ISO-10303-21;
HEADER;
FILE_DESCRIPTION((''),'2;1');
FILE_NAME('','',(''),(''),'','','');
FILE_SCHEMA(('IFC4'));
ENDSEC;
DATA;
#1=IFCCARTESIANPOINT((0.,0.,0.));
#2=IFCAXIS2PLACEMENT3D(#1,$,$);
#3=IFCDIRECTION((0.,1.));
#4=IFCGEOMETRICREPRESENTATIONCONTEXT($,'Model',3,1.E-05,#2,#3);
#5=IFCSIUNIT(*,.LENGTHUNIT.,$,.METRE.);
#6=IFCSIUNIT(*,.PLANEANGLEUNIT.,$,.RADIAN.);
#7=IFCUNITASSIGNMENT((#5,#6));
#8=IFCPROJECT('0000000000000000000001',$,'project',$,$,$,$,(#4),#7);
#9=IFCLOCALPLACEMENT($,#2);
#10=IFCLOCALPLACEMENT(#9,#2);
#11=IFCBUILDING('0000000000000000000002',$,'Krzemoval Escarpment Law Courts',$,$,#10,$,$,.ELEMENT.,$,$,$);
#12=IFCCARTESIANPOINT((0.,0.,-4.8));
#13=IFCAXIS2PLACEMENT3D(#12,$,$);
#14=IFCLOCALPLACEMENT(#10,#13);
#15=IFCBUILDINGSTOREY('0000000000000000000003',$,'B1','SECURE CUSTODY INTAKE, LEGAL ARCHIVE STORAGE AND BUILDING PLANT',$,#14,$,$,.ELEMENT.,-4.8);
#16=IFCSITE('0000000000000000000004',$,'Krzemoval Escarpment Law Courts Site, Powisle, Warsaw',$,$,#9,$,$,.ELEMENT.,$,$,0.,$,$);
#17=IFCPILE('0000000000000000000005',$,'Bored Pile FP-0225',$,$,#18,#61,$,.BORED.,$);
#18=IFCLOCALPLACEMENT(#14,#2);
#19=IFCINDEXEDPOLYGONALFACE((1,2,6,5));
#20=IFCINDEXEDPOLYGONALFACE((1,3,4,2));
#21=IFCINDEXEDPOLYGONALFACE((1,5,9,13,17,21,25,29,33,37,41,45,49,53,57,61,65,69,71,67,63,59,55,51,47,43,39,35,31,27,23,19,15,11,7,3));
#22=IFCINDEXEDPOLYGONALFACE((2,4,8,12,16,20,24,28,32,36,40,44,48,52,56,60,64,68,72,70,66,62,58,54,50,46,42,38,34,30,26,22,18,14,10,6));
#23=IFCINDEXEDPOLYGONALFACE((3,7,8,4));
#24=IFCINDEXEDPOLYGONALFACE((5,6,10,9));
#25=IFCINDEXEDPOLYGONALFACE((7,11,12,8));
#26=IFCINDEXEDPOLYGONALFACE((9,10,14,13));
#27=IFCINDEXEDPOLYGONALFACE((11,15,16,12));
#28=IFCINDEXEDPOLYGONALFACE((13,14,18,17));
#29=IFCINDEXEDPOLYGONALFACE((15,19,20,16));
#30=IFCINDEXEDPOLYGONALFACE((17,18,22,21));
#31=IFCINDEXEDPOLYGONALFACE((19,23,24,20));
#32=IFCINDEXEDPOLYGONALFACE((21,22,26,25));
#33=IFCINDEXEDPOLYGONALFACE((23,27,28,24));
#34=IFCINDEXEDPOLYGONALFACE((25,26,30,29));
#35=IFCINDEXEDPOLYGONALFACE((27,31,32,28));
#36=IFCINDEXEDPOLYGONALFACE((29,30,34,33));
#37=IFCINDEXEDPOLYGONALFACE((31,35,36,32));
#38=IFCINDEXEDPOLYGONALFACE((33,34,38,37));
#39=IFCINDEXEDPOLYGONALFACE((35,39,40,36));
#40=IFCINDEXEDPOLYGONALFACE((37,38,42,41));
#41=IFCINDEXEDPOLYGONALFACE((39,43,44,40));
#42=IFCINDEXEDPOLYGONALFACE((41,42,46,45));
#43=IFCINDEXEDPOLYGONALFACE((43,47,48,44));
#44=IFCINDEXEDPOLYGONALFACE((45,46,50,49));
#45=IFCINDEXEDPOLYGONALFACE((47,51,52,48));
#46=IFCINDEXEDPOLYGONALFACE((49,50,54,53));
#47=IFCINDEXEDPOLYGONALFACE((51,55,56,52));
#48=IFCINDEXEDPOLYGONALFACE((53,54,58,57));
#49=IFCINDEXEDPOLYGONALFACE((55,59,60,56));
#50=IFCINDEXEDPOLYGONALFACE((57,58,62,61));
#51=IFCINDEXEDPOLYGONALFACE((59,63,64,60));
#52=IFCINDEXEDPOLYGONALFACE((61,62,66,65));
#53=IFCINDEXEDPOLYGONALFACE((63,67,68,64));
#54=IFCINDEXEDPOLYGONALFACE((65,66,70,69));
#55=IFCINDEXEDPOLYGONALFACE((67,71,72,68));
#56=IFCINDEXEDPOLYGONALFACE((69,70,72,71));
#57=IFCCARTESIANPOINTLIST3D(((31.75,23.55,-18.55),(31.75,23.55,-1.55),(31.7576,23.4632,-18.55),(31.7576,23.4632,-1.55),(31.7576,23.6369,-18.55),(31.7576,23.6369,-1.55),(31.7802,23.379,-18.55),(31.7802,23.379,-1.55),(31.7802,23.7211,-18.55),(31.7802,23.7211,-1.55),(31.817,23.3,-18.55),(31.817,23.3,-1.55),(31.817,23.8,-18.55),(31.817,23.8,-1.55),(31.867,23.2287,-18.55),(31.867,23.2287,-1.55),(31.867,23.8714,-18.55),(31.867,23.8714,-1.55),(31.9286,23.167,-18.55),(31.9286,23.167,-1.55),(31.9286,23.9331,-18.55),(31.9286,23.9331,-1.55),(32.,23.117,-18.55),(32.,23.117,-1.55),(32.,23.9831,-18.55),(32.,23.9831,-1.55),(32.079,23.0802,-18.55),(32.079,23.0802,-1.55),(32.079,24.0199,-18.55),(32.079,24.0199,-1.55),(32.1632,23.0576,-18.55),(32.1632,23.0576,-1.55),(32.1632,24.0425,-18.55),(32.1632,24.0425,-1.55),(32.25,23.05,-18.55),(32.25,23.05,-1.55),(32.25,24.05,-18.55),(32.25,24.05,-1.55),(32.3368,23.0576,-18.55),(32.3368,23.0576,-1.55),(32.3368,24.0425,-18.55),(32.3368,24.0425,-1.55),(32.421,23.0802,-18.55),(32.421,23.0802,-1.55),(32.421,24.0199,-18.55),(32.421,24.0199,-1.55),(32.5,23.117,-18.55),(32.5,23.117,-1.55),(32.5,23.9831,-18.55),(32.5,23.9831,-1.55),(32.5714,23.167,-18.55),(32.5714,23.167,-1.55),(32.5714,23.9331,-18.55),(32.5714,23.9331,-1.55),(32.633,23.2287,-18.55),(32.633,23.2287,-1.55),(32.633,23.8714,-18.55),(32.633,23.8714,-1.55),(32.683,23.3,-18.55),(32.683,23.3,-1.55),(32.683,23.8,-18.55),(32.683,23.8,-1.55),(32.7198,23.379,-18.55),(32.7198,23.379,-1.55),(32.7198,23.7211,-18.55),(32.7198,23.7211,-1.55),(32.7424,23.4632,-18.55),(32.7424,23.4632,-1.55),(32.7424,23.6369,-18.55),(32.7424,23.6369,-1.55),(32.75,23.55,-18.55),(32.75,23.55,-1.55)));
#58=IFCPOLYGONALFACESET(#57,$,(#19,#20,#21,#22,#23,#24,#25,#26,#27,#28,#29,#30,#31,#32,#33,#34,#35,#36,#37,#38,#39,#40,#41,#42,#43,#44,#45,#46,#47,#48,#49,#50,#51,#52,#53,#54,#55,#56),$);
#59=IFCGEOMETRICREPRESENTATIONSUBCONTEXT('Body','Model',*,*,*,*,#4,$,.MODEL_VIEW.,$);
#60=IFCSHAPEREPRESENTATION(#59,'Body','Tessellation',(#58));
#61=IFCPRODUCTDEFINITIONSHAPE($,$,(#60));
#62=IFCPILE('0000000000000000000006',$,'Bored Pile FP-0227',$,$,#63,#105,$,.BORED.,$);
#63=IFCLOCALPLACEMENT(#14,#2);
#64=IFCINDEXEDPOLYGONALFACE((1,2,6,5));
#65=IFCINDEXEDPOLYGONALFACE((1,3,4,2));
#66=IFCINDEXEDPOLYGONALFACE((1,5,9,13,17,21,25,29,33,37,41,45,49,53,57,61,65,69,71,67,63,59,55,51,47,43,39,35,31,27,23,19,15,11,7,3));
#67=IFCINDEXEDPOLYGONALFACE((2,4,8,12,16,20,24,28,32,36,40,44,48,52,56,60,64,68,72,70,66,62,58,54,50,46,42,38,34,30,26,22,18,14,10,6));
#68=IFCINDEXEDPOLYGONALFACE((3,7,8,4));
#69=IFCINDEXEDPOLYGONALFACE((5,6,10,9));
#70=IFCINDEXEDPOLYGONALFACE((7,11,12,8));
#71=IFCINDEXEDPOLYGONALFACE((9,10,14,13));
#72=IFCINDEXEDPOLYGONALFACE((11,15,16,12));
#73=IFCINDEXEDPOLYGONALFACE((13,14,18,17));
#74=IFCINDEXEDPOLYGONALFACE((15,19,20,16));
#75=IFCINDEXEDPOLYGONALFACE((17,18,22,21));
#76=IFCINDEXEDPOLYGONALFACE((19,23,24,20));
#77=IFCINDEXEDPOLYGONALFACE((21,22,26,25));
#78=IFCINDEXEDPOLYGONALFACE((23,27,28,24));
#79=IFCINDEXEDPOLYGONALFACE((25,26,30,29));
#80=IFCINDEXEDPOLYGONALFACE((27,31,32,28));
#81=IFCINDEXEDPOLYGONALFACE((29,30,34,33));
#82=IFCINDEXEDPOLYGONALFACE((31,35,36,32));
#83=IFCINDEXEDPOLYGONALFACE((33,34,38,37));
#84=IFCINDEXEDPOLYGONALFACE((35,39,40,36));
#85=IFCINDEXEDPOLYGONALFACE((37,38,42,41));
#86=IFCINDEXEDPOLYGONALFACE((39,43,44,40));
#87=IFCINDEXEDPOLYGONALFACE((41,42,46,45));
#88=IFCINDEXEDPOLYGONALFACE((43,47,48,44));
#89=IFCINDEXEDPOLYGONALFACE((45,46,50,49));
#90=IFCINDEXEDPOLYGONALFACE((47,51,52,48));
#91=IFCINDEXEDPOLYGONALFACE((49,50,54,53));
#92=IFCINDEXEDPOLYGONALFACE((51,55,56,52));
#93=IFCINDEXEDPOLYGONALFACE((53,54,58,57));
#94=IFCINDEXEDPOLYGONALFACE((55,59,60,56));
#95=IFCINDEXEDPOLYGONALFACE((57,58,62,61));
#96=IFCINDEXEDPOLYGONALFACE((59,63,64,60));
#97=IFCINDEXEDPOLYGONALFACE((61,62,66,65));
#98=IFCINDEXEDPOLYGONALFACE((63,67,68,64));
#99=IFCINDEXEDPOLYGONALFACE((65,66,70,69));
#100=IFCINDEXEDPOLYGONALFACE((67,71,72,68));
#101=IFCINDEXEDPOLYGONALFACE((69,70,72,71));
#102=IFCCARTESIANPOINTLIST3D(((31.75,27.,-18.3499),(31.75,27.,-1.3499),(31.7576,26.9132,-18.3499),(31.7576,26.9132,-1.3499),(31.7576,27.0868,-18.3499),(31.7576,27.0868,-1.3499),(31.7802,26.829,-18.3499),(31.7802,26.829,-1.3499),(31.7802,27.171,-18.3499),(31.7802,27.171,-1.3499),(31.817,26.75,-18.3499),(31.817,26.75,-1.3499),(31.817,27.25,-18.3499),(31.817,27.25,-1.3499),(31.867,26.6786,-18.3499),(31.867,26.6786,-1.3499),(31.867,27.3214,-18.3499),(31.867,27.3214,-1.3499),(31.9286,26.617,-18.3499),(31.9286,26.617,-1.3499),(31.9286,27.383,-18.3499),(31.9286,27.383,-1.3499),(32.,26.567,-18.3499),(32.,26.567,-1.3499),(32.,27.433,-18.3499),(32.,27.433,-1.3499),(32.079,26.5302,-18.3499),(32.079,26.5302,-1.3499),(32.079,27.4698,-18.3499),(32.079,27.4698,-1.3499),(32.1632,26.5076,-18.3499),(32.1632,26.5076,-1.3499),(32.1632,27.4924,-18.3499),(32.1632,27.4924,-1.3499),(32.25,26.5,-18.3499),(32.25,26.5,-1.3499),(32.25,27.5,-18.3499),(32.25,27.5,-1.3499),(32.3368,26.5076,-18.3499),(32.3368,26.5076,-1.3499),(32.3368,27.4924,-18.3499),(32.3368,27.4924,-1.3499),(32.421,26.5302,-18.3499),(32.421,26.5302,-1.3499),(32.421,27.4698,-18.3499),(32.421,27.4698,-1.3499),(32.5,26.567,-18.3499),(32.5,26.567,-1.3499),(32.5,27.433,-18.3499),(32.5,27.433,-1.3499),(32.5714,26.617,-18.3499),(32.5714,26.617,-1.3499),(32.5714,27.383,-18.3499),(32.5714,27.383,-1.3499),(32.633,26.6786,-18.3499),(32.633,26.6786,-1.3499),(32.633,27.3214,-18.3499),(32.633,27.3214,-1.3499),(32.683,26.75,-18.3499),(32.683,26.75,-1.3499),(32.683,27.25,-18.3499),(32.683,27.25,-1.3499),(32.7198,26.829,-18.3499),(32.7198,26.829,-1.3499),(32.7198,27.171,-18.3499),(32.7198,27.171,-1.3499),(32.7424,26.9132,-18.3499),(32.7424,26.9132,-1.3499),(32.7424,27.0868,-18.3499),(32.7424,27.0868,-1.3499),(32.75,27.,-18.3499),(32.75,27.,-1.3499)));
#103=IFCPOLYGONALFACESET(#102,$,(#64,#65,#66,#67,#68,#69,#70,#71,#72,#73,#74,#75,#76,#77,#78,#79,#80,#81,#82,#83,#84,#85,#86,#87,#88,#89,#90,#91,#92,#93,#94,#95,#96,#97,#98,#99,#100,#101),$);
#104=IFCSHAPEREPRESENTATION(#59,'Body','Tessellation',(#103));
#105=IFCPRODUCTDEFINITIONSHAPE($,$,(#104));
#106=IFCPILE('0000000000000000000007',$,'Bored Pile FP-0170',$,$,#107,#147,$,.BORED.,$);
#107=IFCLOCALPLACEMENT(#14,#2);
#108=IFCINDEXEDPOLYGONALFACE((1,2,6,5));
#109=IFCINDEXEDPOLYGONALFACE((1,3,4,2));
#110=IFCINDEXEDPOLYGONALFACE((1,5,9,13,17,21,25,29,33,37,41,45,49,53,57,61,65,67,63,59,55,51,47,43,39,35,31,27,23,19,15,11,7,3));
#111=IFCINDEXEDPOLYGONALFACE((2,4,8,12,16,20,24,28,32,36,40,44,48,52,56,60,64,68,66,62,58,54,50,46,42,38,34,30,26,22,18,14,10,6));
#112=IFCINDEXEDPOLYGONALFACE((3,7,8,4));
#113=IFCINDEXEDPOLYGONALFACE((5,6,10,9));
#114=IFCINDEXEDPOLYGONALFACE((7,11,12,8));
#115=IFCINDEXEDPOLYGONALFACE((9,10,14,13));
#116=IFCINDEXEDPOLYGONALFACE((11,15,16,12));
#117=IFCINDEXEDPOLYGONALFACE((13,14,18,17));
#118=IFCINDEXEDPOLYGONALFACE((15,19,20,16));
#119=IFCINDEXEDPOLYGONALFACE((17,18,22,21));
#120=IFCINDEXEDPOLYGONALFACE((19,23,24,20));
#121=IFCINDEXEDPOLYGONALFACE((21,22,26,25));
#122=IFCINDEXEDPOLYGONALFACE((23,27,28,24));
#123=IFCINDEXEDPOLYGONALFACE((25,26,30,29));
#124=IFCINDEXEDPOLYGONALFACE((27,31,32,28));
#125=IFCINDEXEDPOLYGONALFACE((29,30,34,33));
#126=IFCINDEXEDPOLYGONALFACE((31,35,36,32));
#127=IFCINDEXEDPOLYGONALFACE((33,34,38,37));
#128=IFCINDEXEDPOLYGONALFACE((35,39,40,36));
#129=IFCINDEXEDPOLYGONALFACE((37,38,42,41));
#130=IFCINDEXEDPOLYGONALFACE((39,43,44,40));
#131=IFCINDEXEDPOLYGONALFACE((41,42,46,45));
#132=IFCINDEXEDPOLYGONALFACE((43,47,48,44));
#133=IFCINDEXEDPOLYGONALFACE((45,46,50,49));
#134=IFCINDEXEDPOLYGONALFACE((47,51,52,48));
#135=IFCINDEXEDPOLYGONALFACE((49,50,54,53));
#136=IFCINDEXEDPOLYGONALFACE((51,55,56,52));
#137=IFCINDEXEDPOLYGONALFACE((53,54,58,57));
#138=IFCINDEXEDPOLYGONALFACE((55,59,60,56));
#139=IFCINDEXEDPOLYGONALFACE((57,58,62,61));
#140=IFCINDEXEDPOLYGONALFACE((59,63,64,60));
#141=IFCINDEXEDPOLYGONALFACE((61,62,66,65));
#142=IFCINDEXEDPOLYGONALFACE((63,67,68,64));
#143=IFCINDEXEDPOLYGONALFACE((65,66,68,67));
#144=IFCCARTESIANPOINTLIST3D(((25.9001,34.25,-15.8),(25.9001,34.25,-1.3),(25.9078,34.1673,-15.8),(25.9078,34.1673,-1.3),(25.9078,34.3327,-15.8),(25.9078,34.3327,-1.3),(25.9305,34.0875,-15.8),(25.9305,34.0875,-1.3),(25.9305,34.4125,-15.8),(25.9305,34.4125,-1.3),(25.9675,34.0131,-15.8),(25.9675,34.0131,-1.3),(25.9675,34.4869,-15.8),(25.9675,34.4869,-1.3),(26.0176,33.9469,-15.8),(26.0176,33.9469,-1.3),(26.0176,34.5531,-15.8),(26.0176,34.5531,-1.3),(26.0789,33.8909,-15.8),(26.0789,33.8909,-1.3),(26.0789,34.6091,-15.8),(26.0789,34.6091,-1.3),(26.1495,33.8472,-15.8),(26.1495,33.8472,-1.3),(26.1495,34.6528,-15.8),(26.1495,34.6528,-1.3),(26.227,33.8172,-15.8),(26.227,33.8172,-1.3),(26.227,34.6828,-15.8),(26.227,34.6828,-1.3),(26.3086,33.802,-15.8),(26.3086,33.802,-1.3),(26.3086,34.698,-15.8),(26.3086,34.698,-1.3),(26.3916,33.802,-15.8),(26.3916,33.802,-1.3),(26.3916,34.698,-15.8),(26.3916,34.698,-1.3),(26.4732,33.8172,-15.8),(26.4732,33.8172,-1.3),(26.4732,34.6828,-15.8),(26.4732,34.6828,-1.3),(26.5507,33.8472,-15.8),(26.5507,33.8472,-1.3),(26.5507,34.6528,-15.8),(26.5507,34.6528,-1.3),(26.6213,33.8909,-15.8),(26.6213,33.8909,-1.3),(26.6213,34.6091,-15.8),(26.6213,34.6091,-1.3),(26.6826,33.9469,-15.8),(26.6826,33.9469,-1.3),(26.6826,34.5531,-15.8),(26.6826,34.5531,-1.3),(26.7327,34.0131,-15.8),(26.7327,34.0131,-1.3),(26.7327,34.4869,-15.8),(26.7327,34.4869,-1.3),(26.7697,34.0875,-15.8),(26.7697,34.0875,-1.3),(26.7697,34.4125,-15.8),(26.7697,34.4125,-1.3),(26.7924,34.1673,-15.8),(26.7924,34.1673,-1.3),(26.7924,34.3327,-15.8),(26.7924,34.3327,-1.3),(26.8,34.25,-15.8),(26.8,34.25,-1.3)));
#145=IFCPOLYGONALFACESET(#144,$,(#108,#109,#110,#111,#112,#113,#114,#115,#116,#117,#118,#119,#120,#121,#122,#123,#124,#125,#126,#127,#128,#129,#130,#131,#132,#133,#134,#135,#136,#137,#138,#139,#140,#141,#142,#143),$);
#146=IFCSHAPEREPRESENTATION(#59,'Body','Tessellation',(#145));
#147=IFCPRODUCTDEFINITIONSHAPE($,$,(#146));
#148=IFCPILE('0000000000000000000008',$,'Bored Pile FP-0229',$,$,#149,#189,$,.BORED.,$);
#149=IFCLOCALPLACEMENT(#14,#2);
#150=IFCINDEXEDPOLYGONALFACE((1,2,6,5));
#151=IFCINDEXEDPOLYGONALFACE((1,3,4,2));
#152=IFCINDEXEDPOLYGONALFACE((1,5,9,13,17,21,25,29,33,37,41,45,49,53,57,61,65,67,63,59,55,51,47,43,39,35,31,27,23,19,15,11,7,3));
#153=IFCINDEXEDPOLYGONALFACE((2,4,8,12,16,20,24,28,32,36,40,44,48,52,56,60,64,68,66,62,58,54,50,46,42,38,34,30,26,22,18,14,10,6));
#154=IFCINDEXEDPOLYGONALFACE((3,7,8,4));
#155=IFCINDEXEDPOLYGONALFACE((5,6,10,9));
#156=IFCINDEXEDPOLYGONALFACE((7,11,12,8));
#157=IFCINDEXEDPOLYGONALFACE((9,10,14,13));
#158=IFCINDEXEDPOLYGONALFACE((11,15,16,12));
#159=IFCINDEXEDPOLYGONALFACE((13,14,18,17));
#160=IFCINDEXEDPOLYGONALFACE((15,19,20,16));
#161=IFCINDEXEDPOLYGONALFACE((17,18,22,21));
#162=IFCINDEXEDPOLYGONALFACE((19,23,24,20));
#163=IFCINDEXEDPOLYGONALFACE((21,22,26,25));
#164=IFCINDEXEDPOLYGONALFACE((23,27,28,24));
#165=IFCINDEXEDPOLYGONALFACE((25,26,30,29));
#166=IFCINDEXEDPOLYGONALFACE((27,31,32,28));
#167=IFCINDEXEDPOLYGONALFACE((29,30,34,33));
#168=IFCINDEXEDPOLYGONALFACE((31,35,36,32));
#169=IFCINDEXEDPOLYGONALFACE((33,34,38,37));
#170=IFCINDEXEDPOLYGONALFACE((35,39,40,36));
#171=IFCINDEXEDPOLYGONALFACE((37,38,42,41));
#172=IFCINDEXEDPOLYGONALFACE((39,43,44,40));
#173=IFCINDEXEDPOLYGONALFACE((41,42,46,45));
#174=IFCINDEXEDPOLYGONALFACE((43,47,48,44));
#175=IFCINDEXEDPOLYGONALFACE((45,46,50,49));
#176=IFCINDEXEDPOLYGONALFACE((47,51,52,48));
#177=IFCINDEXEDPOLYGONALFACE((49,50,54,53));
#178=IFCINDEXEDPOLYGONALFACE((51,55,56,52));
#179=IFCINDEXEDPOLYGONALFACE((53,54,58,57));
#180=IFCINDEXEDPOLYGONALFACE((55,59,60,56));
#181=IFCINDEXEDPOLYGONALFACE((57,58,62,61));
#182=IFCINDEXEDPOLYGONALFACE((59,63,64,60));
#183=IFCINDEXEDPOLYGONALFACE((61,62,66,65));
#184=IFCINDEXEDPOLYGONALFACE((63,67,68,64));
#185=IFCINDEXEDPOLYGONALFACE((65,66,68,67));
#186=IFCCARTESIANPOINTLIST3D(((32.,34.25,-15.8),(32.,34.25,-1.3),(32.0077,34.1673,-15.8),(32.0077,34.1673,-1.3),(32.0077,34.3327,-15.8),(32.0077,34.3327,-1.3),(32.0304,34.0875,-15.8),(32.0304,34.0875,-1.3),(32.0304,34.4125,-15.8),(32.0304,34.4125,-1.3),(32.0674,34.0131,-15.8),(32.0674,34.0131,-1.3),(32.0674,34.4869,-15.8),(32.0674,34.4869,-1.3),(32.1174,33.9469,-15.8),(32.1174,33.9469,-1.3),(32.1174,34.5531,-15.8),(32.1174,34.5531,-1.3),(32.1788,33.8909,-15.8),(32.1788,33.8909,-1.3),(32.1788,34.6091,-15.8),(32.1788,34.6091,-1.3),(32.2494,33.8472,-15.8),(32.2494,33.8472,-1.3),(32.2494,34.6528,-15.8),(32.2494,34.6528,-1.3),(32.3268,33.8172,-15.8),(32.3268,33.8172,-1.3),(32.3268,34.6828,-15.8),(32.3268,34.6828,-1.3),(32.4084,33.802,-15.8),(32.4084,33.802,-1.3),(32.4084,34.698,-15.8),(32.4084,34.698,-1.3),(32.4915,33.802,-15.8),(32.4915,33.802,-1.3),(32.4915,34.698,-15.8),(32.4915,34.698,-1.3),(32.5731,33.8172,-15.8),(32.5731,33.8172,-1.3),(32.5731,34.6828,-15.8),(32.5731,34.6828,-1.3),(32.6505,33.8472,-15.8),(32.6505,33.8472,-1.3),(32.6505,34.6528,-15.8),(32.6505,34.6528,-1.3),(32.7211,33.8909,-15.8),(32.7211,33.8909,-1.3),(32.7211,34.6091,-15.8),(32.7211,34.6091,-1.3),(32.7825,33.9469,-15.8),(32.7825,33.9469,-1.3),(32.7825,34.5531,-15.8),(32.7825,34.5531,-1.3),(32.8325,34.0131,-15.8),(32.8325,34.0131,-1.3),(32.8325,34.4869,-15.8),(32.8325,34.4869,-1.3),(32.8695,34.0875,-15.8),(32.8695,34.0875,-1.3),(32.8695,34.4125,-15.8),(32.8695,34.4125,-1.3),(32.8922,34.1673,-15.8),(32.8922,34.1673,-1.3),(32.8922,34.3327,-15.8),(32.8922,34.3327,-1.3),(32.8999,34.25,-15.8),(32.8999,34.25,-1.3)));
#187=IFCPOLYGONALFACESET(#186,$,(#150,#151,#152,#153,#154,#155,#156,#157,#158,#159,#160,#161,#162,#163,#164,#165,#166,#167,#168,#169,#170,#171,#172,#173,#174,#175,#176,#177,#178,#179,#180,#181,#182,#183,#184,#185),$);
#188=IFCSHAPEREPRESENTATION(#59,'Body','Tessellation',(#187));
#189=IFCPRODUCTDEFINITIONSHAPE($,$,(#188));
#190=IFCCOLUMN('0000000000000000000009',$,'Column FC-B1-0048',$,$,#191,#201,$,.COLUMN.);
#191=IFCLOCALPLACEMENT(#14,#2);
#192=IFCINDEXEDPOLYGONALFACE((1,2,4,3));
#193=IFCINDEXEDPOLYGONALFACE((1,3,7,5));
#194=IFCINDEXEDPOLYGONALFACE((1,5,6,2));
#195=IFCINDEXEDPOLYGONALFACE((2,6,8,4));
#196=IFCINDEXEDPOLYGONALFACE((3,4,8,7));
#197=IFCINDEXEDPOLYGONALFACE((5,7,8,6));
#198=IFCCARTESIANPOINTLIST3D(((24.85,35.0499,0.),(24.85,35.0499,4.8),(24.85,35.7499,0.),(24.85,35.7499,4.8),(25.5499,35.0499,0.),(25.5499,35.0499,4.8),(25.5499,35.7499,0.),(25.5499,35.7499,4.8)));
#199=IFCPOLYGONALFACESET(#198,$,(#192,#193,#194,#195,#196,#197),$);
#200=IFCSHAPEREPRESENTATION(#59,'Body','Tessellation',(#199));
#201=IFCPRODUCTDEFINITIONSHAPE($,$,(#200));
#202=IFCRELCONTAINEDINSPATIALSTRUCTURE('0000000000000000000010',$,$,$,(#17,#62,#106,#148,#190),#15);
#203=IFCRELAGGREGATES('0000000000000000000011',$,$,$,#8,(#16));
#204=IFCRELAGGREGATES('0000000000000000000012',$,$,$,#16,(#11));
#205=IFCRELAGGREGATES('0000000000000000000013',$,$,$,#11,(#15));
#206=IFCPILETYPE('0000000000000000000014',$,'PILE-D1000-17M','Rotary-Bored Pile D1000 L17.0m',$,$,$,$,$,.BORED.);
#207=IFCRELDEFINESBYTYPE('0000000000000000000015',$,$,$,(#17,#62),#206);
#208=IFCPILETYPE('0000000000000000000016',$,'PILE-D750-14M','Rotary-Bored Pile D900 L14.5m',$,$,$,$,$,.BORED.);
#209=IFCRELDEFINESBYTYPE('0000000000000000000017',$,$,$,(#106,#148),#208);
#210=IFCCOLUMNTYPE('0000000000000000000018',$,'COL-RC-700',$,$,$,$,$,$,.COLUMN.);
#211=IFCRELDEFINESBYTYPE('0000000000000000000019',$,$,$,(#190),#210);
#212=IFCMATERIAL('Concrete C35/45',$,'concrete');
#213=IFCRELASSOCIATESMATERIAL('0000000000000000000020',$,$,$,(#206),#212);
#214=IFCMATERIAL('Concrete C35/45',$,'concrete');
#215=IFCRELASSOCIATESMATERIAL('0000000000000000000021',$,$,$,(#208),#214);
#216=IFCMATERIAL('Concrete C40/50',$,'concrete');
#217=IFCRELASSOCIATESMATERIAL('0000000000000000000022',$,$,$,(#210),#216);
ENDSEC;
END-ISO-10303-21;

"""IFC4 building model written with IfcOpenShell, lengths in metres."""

from ifc_helpers import new_model, si_unit, direction, frame, origin, origin_2d, place, context, subcontext, project, spatial, rectangle, circle, extrude, material, material_profile, profile_set, type_object, element, save


model = new_model("IFC4")

# Units and contexts
model_context = context("Model", 3, precision=1e-05, world=origin(), true_north=direction((0.0, 1.0)))
body_context = subcontext(model_context, "Body", "Model", "MODEL_VIEW")
ifc_project = project(units=[si_unit("LENGTHUNIT", "METRE"), si_unit("PLANEANGLEUNIT", "RADIAN")], contexts=[model_context])

# Site, building, storey
site_placement = place(None, origin())
site = spatial("IfcSite", under=ifc_project, at=site_placement, Name="Krzemoval Escarpment Law Courts Site, Powisle, Warsaw", CompositionType="ELEMENT", RefElevation=0.0)
building_placement = place(site_placement, origin())
building = spatial("IfcBuilding", under=site, at=building_placement, Name="Krzemoval Escarpment Law Courts", CompositionType="ELEMENT")
storey_placement = place(building_placement, frame((0.0, 0.0, -4.8)))
storey = spatial("IfcBuildingStorey", under=building, at=storey_placement, Name="B1", Description="SECURE CUSTODY INTAKE, LEGAL ARCHIVE STORAGE AND BUILDING PLANT", CompositionType="ELEMENT", Elevation=-4.8)

# Piles
ifc_material_1 = material(Name="Concrete C35/45", Category="concrete")
ifc_material_profile_1 = material_profile(ifc_material_1, circle(Radius=0.5, at=origin_2d()), Name="PILE D1000")
ifc_profile_set_1 = profile_set([ifc_material_profile_1], Name="Concrete C35/45")
pile_type_1 = type_object("IfcPileType", Name="PILE-D1000-17M", Description="Rotary-Bored Pile D1000 L17.0m", PredefinedType="BORED", material=ifc_profile_set_1)
for number, where, z_axis, x_axis, name in (
    (1, (32.25, 23.55, -1.55), (0.0, 0.0, -1.0), (1.0, 0.0, 0.0), "Bored Pile FP-0225"),
    (2, (32.25, 27.0, -1.3499), (0.0, 0.0, -1.0), (1.0, 0.0, 0.0), "Bored Pile FP-0227"),
):
    element("IfcPile", number, at=place(storey_placement, frame(where, z_axis=z_axis, x_axis=x_axis)), inside=storey, type_object=pile_type_1, Name=name, PredefinedType="BORED", context=body_context, shape_type="SweptSolid", body=[
        extrude(circle(Radius=0.5, at=origin_2d()), origin(), (0.0, 0.0, 1.0), 17.0),
    ])
ifc_material_2 = material(Name="Concrete C35/45", Category="concrete")
ifc_material_profile_2 = material_profile(ifc_material_2, circle(Radius=0.45, at=origin_2d()), Name="PILE D900")
ifc_profile_set_2 = profile_set([ifc_material_profile_2], Name="Concrete C35/45")
pile_type_2 = type_object("IfcPileType", Name="PILE-D750-14M", Description="Rotary-Bored Pile D900 L14.5m", PredefinedType="BORED", material=ifc_profile_set_2)
for number, where, z_axis, x_axis, name in (
    (3, (26.3501, 34.25, -1.3), (0.0, 0.0, -1.0), (1.0, 0.0, 0.0), "Bored Pile FP-0170"),
    (4, (32.45, 34.25, -1.3), (0.0, 0.0, -1.0), (1.0, 0.0, 0.0), "Bored Pile FP-0229"),
):
    element("IfcPile", number, at=place(storey_placement, frame(where, z_axis=z_axis, x_axis=x_axis)), inside=storey, type_object=pile_type_2, Name=name, PredefinedType="BORED", context=body_context, shape_type="SweptSolid", body=[
        extrude(circle(Radius=0.45, at=origin_2d()), origin(), (0.0, 0.0, 1.0), 14.5),
    ])

# Column
ifc_material_3 = material(Name="Concrete C40/50", Category="concrete")
ifc_material_profile_3 = material_profile(ifc_material_3, rectangle(XDim=0.7, YDim=0.7, at=origin_2d()), Name="RC 700x700")
ifc_profile_set_3 = profile_set([ifc_material_profile_3], Name="Concrete C40/50")
column_type_1 = type_object("IfcColumnType", Name="COL-RC-700", PredefinedType="COLUMN", material=ifc_profile_set_3)
column_1_placement = place(storey_placement, frame((25.2, 35.3999, 0.0), z_axis=(0.0, 0.0, 1.0), x_axis=(1.0, 0.0, 0.0)))
element("IfcColumn", 5, at=column_1_placement, inside=storey, type_object=column_type_1, Name="Column FC-B1-0048", PredefinedType="COLUMN", context=body_context, shape_type="SweptSolid", body=[
    extrude(rectangle(XDim=0.7, YDim=0.7, at=origin_2d()), origin(), (0.0, 0.0, 1.0), 4.8),
])

save(model, "model.ifc")
